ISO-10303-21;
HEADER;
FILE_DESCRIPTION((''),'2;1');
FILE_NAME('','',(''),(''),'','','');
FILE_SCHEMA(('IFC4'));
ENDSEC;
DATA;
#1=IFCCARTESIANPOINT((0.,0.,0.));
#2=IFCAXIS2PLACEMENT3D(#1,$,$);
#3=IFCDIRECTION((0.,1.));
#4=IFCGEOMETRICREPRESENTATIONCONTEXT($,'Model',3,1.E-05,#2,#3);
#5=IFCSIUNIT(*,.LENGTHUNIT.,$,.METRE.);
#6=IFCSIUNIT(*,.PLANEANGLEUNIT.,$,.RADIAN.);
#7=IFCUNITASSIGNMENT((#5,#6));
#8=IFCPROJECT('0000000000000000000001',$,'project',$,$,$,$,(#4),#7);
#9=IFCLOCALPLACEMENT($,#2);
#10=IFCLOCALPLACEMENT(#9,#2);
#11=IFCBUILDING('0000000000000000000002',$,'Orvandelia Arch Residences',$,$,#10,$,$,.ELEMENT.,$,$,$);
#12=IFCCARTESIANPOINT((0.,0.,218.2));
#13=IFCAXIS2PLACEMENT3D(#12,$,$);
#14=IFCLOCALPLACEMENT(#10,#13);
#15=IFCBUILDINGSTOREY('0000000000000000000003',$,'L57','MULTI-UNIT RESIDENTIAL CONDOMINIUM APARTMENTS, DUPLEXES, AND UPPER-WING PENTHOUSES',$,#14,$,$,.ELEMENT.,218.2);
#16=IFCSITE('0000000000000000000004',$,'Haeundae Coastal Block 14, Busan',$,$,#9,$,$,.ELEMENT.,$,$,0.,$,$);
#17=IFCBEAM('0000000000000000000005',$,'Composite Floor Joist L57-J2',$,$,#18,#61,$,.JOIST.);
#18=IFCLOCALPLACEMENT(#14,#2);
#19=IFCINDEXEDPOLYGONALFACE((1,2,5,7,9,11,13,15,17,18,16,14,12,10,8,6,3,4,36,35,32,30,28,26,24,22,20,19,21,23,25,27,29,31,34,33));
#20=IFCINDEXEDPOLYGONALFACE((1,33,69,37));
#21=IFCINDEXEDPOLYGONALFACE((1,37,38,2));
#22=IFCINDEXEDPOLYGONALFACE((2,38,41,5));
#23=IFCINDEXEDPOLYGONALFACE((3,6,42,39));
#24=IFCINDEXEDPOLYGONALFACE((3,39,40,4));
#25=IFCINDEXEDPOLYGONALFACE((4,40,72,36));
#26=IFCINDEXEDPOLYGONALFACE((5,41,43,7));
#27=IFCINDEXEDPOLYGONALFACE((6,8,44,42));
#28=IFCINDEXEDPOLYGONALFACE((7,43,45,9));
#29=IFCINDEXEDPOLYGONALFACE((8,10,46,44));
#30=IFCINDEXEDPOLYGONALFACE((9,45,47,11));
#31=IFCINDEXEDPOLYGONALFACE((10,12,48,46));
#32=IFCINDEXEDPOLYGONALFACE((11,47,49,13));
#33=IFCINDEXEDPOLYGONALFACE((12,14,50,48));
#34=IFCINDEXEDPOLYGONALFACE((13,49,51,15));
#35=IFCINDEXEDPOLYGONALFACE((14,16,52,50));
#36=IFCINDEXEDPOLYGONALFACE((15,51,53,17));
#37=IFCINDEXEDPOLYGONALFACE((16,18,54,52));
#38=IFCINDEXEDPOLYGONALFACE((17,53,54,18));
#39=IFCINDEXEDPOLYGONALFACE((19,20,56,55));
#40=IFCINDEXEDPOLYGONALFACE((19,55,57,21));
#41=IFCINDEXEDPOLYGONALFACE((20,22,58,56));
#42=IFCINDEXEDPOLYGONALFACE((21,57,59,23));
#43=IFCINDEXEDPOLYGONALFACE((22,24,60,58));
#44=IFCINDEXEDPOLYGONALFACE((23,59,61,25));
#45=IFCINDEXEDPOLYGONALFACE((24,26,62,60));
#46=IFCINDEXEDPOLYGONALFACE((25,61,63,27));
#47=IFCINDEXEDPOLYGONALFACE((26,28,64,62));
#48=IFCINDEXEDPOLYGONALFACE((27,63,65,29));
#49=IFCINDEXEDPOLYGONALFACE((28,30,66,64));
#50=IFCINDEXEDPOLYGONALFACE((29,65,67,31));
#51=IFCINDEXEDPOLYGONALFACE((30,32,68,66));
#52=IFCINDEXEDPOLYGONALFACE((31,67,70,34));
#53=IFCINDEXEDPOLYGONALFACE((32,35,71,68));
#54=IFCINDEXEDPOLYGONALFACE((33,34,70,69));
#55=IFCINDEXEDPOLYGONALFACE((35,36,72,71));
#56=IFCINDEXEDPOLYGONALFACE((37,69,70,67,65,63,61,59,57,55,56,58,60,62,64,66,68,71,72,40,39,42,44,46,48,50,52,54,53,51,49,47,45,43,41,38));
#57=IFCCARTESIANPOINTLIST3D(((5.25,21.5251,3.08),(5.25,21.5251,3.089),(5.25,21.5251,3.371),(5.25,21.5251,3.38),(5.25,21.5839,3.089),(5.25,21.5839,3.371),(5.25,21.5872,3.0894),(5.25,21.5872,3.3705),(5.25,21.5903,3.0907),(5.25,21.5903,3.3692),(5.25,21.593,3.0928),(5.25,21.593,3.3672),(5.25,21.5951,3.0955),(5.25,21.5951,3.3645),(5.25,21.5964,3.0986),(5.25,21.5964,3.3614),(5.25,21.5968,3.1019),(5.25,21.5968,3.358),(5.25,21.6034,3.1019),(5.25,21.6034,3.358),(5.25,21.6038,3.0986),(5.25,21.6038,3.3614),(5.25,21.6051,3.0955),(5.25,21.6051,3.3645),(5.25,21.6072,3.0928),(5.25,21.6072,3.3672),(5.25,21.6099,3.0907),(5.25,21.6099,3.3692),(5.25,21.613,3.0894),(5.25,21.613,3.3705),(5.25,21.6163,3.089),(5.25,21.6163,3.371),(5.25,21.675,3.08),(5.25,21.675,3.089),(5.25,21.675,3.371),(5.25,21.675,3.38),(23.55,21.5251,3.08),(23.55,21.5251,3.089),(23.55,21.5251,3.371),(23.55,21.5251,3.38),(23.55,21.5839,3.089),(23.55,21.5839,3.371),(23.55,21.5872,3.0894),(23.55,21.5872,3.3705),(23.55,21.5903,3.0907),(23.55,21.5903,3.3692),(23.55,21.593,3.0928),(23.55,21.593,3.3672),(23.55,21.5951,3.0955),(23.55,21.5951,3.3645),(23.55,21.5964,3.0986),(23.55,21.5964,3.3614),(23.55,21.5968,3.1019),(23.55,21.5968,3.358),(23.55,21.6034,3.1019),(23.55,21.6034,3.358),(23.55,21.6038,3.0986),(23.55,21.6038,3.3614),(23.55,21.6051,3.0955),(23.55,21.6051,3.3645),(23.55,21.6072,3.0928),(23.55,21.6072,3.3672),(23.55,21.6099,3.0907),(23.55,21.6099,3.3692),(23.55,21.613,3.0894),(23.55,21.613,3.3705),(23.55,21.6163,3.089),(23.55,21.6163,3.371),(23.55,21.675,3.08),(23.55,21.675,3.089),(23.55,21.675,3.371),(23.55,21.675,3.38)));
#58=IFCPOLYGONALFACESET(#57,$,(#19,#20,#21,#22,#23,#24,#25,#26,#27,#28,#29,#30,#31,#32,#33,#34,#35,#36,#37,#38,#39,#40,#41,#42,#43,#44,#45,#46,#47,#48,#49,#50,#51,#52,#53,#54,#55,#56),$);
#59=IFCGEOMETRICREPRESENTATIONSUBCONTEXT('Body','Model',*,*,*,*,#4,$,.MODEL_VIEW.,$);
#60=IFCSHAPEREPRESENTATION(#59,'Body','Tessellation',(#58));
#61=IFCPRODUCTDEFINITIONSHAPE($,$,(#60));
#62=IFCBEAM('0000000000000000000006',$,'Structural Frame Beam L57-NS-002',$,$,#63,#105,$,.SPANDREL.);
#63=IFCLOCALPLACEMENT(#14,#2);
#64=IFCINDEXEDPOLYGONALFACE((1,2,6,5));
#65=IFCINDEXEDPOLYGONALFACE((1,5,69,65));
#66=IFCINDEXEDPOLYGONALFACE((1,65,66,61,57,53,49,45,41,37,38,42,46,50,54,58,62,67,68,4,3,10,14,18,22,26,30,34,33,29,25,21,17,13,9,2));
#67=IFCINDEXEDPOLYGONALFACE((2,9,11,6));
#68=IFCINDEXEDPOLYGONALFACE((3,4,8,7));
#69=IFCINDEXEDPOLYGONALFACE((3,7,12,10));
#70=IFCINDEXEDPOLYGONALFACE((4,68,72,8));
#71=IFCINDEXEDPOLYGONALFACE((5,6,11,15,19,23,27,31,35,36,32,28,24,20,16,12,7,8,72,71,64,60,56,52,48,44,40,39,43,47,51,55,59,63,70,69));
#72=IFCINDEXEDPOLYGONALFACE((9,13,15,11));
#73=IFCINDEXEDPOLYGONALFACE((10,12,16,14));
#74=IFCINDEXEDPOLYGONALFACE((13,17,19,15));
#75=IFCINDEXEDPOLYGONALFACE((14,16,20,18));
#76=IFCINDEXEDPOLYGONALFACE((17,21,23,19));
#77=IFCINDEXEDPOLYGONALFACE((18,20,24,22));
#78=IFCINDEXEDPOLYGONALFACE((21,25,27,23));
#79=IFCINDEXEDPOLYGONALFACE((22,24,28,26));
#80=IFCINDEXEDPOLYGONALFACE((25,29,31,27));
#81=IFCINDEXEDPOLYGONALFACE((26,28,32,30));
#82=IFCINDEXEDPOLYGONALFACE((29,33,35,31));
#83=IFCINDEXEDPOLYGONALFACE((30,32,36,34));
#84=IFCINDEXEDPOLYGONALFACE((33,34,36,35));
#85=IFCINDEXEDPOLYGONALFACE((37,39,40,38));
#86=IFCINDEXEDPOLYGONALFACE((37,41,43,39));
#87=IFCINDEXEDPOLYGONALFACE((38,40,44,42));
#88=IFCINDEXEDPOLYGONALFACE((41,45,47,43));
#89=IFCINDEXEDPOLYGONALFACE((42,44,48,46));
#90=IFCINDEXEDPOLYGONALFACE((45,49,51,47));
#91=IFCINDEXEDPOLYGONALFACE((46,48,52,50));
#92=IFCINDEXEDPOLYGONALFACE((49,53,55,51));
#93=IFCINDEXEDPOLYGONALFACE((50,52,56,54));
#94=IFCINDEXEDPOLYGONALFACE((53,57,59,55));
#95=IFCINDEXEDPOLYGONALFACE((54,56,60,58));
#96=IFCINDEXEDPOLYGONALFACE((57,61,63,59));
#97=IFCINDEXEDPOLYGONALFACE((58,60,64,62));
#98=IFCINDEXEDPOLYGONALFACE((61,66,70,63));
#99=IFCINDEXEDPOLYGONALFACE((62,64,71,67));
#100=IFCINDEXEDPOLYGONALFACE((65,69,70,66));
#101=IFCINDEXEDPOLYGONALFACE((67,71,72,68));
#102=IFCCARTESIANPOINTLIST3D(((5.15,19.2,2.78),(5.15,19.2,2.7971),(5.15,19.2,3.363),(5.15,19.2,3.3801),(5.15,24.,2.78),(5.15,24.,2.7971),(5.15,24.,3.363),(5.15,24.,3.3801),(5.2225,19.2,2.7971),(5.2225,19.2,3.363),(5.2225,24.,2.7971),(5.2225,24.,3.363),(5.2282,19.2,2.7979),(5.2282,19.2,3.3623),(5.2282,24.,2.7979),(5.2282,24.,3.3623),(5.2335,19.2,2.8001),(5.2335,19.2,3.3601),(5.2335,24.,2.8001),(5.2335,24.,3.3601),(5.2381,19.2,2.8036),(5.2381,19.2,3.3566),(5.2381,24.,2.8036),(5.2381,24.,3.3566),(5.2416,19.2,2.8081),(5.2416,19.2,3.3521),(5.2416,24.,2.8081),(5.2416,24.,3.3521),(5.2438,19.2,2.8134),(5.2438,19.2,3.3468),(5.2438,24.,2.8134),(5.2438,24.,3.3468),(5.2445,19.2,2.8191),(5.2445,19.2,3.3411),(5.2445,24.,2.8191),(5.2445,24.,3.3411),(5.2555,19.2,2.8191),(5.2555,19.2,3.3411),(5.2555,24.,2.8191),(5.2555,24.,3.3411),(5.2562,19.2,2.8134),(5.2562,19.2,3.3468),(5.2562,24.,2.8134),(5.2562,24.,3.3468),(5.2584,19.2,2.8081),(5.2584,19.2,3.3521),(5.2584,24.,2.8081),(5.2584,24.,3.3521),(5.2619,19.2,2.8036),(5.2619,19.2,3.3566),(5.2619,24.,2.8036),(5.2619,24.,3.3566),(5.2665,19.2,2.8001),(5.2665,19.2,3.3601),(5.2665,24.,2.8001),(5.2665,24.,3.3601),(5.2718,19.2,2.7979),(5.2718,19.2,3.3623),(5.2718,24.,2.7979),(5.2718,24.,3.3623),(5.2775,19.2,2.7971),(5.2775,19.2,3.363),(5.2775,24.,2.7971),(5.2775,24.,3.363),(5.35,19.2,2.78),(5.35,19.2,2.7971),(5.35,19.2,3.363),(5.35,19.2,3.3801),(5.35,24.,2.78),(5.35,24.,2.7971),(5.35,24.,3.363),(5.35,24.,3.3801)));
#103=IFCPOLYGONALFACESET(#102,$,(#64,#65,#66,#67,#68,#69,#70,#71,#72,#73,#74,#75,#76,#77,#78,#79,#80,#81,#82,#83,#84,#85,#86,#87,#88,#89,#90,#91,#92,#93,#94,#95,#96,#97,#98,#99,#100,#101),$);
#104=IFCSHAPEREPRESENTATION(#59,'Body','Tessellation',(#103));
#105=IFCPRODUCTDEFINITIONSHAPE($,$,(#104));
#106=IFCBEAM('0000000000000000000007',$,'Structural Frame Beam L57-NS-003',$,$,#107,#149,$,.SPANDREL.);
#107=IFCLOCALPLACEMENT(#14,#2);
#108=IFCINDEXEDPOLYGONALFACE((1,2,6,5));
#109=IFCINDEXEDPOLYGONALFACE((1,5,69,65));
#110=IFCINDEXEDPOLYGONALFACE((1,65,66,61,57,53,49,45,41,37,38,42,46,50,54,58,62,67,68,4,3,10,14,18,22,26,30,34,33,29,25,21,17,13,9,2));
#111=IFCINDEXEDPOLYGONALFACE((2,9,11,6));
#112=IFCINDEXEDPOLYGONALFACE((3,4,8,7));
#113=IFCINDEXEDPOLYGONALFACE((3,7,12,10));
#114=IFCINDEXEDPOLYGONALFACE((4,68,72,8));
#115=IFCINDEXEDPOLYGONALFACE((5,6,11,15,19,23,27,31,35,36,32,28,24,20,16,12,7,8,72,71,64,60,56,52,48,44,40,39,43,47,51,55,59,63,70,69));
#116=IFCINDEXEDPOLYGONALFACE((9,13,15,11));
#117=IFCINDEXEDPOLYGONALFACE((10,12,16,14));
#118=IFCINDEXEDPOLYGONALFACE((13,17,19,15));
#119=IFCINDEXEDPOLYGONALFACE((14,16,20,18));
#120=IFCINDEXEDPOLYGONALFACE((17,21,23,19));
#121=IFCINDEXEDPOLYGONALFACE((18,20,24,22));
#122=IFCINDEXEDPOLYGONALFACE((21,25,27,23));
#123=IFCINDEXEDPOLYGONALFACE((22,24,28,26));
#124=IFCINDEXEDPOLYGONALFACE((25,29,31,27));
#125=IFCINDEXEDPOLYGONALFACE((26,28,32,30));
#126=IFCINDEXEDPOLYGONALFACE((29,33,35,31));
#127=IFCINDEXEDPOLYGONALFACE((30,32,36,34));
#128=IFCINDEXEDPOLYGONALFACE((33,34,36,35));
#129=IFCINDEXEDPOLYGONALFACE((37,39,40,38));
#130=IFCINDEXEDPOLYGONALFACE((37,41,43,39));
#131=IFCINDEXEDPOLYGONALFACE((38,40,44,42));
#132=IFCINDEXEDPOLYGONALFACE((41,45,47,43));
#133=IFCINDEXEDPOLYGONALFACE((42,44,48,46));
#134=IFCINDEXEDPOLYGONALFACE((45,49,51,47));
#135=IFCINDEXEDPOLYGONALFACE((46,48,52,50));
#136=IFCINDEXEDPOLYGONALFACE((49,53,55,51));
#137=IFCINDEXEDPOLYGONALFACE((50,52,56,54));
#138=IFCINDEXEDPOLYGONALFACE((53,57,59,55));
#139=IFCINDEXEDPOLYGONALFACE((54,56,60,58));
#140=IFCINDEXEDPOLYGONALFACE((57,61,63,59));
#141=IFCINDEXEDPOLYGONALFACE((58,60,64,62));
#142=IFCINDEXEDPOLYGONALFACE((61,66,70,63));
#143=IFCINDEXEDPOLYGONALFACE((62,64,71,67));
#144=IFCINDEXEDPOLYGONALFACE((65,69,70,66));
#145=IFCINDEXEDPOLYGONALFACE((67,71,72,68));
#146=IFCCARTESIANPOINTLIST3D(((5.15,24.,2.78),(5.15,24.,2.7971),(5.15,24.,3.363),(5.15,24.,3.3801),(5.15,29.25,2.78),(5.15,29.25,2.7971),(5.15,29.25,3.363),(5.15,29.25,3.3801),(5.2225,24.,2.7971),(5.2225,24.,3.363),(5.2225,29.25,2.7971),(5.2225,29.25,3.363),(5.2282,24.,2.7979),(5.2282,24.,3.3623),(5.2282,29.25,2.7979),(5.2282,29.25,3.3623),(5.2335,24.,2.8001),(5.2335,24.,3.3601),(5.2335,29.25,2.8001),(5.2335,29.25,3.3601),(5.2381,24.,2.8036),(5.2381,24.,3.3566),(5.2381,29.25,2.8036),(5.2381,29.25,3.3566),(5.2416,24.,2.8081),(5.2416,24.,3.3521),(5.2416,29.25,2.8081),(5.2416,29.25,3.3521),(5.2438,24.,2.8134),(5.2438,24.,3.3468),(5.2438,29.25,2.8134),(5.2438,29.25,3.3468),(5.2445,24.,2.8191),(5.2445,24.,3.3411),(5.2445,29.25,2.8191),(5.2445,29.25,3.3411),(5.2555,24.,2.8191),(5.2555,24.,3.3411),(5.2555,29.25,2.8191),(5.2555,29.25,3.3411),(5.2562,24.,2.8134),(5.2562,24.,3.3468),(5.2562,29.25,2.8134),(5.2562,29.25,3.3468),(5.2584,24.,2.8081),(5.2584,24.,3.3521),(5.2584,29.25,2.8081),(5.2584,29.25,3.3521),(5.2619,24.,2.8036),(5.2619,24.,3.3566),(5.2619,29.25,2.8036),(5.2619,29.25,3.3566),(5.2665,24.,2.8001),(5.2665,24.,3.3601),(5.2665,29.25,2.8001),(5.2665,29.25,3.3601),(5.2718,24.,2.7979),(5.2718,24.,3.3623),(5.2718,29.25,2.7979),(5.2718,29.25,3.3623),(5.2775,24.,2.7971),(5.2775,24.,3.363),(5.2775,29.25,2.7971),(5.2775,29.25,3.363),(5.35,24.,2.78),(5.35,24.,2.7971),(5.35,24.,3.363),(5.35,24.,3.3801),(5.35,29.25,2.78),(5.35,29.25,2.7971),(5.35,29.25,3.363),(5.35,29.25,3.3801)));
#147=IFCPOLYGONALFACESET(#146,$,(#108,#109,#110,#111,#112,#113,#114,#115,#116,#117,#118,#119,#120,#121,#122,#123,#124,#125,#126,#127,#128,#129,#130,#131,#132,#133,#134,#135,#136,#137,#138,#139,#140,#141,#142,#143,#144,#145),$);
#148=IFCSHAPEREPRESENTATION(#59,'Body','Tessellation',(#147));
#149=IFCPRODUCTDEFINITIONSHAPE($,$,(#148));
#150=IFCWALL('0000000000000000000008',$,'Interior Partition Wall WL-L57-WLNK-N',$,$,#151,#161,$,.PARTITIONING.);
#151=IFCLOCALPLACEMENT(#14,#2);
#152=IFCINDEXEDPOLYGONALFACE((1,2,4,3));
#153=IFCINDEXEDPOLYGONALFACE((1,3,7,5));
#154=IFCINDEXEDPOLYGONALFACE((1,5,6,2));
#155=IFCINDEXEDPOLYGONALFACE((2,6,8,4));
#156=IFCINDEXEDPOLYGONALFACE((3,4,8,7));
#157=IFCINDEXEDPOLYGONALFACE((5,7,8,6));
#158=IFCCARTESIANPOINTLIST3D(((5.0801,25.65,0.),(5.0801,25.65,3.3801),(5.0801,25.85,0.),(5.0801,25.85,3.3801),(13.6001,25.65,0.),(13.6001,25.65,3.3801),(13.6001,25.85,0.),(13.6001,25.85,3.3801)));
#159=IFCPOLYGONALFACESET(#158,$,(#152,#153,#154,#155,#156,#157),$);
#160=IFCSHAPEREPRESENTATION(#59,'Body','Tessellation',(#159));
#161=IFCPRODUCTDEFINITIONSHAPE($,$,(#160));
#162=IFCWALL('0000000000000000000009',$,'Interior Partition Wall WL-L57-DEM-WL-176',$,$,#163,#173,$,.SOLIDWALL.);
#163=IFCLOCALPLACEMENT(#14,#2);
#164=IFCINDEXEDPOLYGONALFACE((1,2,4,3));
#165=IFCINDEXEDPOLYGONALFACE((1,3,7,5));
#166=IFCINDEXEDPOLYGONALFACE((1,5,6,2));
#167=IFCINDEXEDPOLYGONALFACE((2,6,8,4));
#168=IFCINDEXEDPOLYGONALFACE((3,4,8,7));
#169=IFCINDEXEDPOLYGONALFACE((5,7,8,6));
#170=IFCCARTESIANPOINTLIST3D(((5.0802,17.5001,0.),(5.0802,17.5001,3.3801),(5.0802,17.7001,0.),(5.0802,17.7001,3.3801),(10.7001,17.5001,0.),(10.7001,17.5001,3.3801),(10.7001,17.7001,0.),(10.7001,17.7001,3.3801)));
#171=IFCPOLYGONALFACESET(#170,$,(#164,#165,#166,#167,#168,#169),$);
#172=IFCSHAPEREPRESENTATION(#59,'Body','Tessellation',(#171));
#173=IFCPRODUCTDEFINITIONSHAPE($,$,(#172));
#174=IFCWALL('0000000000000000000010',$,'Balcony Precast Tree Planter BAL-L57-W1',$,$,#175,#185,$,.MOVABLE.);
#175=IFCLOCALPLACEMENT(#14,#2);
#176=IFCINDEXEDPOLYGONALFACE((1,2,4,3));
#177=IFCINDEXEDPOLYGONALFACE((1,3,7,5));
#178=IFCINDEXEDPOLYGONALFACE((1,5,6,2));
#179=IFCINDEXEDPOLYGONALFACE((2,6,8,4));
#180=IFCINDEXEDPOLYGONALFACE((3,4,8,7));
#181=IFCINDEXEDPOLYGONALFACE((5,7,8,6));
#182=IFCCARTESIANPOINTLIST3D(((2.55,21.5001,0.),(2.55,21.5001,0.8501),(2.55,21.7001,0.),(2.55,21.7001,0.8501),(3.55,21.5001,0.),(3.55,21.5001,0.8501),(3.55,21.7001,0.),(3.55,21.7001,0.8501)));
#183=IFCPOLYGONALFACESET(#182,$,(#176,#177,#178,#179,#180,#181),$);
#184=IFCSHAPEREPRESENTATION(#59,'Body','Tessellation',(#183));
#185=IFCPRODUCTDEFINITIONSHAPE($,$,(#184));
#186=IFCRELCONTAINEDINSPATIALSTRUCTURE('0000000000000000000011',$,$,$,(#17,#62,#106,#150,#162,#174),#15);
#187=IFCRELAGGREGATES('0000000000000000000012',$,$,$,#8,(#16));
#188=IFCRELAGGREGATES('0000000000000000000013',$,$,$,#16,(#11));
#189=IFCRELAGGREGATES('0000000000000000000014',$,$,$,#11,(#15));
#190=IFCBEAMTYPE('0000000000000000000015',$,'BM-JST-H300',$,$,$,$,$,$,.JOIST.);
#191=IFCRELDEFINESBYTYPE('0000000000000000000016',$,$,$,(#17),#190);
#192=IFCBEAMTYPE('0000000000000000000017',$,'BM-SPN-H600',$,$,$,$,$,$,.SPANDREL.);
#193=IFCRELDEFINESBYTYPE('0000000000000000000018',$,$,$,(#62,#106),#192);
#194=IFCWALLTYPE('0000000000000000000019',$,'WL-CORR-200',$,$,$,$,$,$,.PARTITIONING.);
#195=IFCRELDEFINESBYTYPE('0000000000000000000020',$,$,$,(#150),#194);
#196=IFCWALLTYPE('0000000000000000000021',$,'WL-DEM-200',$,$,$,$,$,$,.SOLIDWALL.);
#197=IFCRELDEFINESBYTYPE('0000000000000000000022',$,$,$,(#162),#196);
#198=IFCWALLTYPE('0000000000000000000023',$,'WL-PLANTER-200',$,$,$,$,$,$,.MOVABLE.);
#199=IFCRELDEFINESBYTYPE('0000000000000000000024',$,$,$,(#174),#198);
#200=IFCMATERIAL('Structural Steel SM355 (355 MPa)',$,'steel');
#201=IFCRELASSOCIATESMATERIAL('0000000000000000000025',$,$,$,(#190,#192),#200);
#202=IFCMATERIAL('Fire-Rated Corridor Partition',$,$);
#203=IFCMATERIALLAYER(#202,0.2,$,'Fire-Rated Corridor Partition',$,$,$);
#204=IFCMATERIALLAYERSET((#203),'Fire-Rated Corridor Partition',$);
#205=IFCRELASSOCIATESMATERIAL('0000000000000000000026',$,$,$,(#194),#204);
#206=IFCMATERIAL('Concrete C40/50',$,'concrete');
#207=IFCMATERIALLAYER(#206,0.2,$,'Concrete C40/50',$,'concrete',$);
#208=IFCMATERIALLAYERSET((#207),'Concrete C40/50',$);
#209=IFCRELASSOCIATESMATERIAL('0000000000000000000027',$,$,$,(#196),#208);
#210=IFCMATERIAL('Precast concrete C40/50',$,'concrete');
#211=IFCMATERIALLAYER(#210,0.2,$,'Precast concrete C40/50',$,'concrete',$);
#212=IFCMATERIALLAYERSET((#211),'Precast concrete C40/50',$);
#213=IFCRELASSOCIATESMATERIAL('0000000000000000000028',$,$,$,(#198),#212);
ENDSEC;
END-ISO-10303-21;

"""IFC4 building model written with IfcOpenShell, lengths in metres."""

from ifc_helpers import new_model, si_unit, direction, frame, frame_2d, origin, origin_2d, place, context, subcontext, project, spatial, rectangle, i_section, extrude, material, layer, layer_set, material_profile, profile_set, type_object, element, save


model = new_model("IFC4")

# Units and contexts
model_context = context("Model", 3, precision=1e-05, world=origin(), true_north=direction((0.0, 1.0)))
body_context = subcontext(model_context, "Body", "Model", "MODEL_VIEW")
ifc_project = project(units=[si_unit("LENGTHUNIT", "METRE"), si_unit("PLANEANGLEUNIT", "RADIAN")], contexts=[model_context])

# Site, building, storey
site_placement = place(None, origin())
site = spatial("IfcSite", under=ifc_project, at=site_placement, Name="Haeundae Coastal Block 14, Busan", CompositionType="ELEMENT", RefElevation=0.0)
building_placement = place(site_placement, origin())
building = spatial("IfcBuilding", under=site, at=building_placement, Name="Orvandelia Arch Residences", CompositionType="ELEMENT")
storey_placement = place(building_placement, frame((0.0, 0.0, 218.2)))
storey = spatial("IfcBuildingStorey", under=building, at=storey_placement, Name="L57", Description="MULTI-UNIT RESIDENTIAL CONDOMINIUM APARTMENTS, DUPLEXES, AND UPPER-WING PENTHOUSES", CompositionType="ELEMENT", Elevation=218.2)

# Beams
ifc_material_1 = material(Name="Structural Steel SM355 (355 MPa)", Category="steel")
ifc_material_profile_1 = material_profile(ifc_material_1, i_section(OverallWidth=0.1499, OverallDepth=0.3, WebThickness=0.0066, FlangeThickness=0.009, FilletRadius=0.0129, at=origin_2d()), Name="Structural Steel SM355 (355 MPa)", Category="steel")
ifc_profile_set_1 = profile_set([ifc_material_profile_1], Name="Structural Steel SM355 (355 MPa)")
beam_type_1 = type_object("IfcBeamType", Name="BM-JST-H300", PredefinedType="JOIST", material=ifc_profile_set_1)
for number, where, z_axis, x_axis, name in (
    (1, (5.25, 21.6001, 3.23), (1.0, 0.0, 0.0), (0.0, 1.0, 0.0), "Composite Floor Joist L57-J2"),
):
    element("IfcBeam", number, at=place(storey_placement, frame(where, z_axis=z_axis, x_axis=x_axis)), inside=storey, type_object=beam_type_1, Name=name, PredefinedType="JOIST", context=body_context, shape_type="SweptSolid", body=[
        extrude(i_section(OverallWidth=0.1499, OverallDepth=0.3, WebThickness=0.0066, FlangeThickness=0.009, FilletRadius=0.0129, at=origin_2d()), origin(), (0.0, 0.0, 1.0), 18.3),
    ])
ifc_material_profile_2 = material_profile(ifc_material_1, i_section(OverallWidth=0.2, OverallDepth=0.6001, WebThickness=0.011, FlangeThickness=0.0171, FilletRadius=0.022, at=origin_2d()), Name="Structural Steel SM355 (355 MPa)", Category="steel")
ifc_profile_set_2 = profile_set([ifc_material_profile_2], Name="Structural Steel SM355 (355 MPa)")
beam_type_2 = type_object("IfcBeamType", Name="BM-SPN-H600", PredefinedType="SPANDREL", material=ifc_profile_set_2)
beam_1_placement = place(storey_placement, frame((5.25, 19.2, 3.0801), z_axis=(0.0, 1.0, 0.0), x_axis=(-1.0, 0.0, 0.0)))
element("IfcBeam", 2, at=beam_1_placement, inside=storey, type_object=beam_type_2, Name="Structural Frame Beam L57-NS-002", PredefinedType="SPANDREL", context=body_context, shape_type="SweptSolid", body=[
    extrude(i_section(OverallWidth=0.2, OverallDepth=0.6001, WebThickness=0.011, FlangeThickness=0.0171, FilletRadius=0.022, at=origin_2d()), origin(), (0.0, 0.0, 1.0), 4.8),
])
beam_2_placement = place(storey_placement, frame((5.25, 24.0, 3.0801), z_axis=(0.0, 1.0, 0.0), x_axis=(-1.0, 0.0, 0.0)))
element("IfcBeam", 3, at=beam_2_placement, inside=storey, type_object=beam_type_2, Name="Structural Frame Beam L57-NS-003", PredefinedType="SPANDREL", context=body_context, shape_type="SweptSolid", body=[
    extrude(i_section(OverallWidth=0.2, OverallDepth=0.6001, WebThickness=0.011, FlangeThickness=0.0171, FilletRadius=0.022, at=origin_2d()), origin(), (0.0, 0.0, 1.0), 5.25),
])

# Walls
ifc_material_2 = material(Name="Fire-Rated Corridor Partition")
ifc_layer_1 = layer(ifc_material_2, 0.2, Name="Fire-Rated Corridor Partition")
ifc_layer_set_1 = layer_set([ifc_layer_1], Name="Fire-Rated Corridor Partition")
wall_type_1 = type_object("IfcWallType", Name="WL-CORR-200", PredefinedType="PARTITIONING", material=ifc_layer_set_1)
wall_1_placement = place(storey_placement, frame((5.0801, 25.75, 0.0), z_axis=(0.0, 0.0, 1.0), x_axis=(1.0, 0.0, 0.0)))
element("IfcWall", 4, at=wall_1_placement, inside=storey, type_object=wall_type_1, Name="Interior Partition Wall WL-L57-WLNK-N", PredefinedType="PARTITIONING", context=body_context, shape_type="SweptSolid", body=[
    extrude(rectangle(XDim=8.52, YDim=0.2, at=frame_2d((4.26, 0.0))), origin(), (0.0, 0.0, 1.0), 3.3801),
])
ifc_material_3 = material(Name="Concrete C40/50", Category="concrete")
ifc_layer_2 = layer(ifc_material_3, 0.2, Name="Concrete C40/50", Category="concrete")
ifc_layer_set_2 = layer_set([ifc_layer_2], Name="Concrete C40/50")
wall_type_2 = type_object("IfcWallType", Name="WL-DEM-200", PredefinedType="SOLIDWALL", material=ifc_layer_set_2)
wall_2_placement = place(storey_placement, frame((5.0801, 17.6001, 0.0), z_axis=(0.0, 0.0, 1.0), x_axis=(1.0, 0.0, 0.0)))
element("IfcWall", 5, at=wall_2_placement, inside=storey, type_object=wall_type_2, Name="Interior Partition Wall WL-L57-DEM-WL-176", PredefinedType="SOLIDWALL", context=body_context, shape_type="SweptSolid", body=[
    extrude(rectangle(XDim=5.6199, YDim=0.2, at=frame_2d((2.8101, 0.0))), origin(), (0.0, 0.0, 1.0), 3.3801),
])
ifc_material_4 = material(Name="Precast concrete C40/50", Category="concrete")
ifc_layer_3 = layer(ifc_material_4, 0.2, Name="Precast concrete C40/50", Category="concrete")
ifc_layer_set_3 = layer_set([ifc_layer_3], Name="Precast concrete C40/50")
wall_type_3 = type_object("IfcWallType", Name="WL-PLANTER-200", PredefinedType="MOVABLE", material=ifc_layer_set_3)
wall_3_placement = place(storey_placement, frame((2.55, 21.6001, 0.0), z_axis=(0.0, 0.0, 1.0), x_axis=(1.0, 0.0, 0.0)))
element("IfcWall", 6, at=wall_3_placement, inside=storey, type_object=wall_type_3, Name="Balcony Precast Tree Planter BAL-L57-W1", PredefinedType="MOVABLE", context=body_context, shape_type="SweptSolid", body=[
    extrude(rectangle(XDim=1.0, YDim=0.2, at=frame_2d((0.5, 0.0))), origin(), (0.0, 0.0, 1.0), 0.8501),
])

save(model, "model.ifc")
